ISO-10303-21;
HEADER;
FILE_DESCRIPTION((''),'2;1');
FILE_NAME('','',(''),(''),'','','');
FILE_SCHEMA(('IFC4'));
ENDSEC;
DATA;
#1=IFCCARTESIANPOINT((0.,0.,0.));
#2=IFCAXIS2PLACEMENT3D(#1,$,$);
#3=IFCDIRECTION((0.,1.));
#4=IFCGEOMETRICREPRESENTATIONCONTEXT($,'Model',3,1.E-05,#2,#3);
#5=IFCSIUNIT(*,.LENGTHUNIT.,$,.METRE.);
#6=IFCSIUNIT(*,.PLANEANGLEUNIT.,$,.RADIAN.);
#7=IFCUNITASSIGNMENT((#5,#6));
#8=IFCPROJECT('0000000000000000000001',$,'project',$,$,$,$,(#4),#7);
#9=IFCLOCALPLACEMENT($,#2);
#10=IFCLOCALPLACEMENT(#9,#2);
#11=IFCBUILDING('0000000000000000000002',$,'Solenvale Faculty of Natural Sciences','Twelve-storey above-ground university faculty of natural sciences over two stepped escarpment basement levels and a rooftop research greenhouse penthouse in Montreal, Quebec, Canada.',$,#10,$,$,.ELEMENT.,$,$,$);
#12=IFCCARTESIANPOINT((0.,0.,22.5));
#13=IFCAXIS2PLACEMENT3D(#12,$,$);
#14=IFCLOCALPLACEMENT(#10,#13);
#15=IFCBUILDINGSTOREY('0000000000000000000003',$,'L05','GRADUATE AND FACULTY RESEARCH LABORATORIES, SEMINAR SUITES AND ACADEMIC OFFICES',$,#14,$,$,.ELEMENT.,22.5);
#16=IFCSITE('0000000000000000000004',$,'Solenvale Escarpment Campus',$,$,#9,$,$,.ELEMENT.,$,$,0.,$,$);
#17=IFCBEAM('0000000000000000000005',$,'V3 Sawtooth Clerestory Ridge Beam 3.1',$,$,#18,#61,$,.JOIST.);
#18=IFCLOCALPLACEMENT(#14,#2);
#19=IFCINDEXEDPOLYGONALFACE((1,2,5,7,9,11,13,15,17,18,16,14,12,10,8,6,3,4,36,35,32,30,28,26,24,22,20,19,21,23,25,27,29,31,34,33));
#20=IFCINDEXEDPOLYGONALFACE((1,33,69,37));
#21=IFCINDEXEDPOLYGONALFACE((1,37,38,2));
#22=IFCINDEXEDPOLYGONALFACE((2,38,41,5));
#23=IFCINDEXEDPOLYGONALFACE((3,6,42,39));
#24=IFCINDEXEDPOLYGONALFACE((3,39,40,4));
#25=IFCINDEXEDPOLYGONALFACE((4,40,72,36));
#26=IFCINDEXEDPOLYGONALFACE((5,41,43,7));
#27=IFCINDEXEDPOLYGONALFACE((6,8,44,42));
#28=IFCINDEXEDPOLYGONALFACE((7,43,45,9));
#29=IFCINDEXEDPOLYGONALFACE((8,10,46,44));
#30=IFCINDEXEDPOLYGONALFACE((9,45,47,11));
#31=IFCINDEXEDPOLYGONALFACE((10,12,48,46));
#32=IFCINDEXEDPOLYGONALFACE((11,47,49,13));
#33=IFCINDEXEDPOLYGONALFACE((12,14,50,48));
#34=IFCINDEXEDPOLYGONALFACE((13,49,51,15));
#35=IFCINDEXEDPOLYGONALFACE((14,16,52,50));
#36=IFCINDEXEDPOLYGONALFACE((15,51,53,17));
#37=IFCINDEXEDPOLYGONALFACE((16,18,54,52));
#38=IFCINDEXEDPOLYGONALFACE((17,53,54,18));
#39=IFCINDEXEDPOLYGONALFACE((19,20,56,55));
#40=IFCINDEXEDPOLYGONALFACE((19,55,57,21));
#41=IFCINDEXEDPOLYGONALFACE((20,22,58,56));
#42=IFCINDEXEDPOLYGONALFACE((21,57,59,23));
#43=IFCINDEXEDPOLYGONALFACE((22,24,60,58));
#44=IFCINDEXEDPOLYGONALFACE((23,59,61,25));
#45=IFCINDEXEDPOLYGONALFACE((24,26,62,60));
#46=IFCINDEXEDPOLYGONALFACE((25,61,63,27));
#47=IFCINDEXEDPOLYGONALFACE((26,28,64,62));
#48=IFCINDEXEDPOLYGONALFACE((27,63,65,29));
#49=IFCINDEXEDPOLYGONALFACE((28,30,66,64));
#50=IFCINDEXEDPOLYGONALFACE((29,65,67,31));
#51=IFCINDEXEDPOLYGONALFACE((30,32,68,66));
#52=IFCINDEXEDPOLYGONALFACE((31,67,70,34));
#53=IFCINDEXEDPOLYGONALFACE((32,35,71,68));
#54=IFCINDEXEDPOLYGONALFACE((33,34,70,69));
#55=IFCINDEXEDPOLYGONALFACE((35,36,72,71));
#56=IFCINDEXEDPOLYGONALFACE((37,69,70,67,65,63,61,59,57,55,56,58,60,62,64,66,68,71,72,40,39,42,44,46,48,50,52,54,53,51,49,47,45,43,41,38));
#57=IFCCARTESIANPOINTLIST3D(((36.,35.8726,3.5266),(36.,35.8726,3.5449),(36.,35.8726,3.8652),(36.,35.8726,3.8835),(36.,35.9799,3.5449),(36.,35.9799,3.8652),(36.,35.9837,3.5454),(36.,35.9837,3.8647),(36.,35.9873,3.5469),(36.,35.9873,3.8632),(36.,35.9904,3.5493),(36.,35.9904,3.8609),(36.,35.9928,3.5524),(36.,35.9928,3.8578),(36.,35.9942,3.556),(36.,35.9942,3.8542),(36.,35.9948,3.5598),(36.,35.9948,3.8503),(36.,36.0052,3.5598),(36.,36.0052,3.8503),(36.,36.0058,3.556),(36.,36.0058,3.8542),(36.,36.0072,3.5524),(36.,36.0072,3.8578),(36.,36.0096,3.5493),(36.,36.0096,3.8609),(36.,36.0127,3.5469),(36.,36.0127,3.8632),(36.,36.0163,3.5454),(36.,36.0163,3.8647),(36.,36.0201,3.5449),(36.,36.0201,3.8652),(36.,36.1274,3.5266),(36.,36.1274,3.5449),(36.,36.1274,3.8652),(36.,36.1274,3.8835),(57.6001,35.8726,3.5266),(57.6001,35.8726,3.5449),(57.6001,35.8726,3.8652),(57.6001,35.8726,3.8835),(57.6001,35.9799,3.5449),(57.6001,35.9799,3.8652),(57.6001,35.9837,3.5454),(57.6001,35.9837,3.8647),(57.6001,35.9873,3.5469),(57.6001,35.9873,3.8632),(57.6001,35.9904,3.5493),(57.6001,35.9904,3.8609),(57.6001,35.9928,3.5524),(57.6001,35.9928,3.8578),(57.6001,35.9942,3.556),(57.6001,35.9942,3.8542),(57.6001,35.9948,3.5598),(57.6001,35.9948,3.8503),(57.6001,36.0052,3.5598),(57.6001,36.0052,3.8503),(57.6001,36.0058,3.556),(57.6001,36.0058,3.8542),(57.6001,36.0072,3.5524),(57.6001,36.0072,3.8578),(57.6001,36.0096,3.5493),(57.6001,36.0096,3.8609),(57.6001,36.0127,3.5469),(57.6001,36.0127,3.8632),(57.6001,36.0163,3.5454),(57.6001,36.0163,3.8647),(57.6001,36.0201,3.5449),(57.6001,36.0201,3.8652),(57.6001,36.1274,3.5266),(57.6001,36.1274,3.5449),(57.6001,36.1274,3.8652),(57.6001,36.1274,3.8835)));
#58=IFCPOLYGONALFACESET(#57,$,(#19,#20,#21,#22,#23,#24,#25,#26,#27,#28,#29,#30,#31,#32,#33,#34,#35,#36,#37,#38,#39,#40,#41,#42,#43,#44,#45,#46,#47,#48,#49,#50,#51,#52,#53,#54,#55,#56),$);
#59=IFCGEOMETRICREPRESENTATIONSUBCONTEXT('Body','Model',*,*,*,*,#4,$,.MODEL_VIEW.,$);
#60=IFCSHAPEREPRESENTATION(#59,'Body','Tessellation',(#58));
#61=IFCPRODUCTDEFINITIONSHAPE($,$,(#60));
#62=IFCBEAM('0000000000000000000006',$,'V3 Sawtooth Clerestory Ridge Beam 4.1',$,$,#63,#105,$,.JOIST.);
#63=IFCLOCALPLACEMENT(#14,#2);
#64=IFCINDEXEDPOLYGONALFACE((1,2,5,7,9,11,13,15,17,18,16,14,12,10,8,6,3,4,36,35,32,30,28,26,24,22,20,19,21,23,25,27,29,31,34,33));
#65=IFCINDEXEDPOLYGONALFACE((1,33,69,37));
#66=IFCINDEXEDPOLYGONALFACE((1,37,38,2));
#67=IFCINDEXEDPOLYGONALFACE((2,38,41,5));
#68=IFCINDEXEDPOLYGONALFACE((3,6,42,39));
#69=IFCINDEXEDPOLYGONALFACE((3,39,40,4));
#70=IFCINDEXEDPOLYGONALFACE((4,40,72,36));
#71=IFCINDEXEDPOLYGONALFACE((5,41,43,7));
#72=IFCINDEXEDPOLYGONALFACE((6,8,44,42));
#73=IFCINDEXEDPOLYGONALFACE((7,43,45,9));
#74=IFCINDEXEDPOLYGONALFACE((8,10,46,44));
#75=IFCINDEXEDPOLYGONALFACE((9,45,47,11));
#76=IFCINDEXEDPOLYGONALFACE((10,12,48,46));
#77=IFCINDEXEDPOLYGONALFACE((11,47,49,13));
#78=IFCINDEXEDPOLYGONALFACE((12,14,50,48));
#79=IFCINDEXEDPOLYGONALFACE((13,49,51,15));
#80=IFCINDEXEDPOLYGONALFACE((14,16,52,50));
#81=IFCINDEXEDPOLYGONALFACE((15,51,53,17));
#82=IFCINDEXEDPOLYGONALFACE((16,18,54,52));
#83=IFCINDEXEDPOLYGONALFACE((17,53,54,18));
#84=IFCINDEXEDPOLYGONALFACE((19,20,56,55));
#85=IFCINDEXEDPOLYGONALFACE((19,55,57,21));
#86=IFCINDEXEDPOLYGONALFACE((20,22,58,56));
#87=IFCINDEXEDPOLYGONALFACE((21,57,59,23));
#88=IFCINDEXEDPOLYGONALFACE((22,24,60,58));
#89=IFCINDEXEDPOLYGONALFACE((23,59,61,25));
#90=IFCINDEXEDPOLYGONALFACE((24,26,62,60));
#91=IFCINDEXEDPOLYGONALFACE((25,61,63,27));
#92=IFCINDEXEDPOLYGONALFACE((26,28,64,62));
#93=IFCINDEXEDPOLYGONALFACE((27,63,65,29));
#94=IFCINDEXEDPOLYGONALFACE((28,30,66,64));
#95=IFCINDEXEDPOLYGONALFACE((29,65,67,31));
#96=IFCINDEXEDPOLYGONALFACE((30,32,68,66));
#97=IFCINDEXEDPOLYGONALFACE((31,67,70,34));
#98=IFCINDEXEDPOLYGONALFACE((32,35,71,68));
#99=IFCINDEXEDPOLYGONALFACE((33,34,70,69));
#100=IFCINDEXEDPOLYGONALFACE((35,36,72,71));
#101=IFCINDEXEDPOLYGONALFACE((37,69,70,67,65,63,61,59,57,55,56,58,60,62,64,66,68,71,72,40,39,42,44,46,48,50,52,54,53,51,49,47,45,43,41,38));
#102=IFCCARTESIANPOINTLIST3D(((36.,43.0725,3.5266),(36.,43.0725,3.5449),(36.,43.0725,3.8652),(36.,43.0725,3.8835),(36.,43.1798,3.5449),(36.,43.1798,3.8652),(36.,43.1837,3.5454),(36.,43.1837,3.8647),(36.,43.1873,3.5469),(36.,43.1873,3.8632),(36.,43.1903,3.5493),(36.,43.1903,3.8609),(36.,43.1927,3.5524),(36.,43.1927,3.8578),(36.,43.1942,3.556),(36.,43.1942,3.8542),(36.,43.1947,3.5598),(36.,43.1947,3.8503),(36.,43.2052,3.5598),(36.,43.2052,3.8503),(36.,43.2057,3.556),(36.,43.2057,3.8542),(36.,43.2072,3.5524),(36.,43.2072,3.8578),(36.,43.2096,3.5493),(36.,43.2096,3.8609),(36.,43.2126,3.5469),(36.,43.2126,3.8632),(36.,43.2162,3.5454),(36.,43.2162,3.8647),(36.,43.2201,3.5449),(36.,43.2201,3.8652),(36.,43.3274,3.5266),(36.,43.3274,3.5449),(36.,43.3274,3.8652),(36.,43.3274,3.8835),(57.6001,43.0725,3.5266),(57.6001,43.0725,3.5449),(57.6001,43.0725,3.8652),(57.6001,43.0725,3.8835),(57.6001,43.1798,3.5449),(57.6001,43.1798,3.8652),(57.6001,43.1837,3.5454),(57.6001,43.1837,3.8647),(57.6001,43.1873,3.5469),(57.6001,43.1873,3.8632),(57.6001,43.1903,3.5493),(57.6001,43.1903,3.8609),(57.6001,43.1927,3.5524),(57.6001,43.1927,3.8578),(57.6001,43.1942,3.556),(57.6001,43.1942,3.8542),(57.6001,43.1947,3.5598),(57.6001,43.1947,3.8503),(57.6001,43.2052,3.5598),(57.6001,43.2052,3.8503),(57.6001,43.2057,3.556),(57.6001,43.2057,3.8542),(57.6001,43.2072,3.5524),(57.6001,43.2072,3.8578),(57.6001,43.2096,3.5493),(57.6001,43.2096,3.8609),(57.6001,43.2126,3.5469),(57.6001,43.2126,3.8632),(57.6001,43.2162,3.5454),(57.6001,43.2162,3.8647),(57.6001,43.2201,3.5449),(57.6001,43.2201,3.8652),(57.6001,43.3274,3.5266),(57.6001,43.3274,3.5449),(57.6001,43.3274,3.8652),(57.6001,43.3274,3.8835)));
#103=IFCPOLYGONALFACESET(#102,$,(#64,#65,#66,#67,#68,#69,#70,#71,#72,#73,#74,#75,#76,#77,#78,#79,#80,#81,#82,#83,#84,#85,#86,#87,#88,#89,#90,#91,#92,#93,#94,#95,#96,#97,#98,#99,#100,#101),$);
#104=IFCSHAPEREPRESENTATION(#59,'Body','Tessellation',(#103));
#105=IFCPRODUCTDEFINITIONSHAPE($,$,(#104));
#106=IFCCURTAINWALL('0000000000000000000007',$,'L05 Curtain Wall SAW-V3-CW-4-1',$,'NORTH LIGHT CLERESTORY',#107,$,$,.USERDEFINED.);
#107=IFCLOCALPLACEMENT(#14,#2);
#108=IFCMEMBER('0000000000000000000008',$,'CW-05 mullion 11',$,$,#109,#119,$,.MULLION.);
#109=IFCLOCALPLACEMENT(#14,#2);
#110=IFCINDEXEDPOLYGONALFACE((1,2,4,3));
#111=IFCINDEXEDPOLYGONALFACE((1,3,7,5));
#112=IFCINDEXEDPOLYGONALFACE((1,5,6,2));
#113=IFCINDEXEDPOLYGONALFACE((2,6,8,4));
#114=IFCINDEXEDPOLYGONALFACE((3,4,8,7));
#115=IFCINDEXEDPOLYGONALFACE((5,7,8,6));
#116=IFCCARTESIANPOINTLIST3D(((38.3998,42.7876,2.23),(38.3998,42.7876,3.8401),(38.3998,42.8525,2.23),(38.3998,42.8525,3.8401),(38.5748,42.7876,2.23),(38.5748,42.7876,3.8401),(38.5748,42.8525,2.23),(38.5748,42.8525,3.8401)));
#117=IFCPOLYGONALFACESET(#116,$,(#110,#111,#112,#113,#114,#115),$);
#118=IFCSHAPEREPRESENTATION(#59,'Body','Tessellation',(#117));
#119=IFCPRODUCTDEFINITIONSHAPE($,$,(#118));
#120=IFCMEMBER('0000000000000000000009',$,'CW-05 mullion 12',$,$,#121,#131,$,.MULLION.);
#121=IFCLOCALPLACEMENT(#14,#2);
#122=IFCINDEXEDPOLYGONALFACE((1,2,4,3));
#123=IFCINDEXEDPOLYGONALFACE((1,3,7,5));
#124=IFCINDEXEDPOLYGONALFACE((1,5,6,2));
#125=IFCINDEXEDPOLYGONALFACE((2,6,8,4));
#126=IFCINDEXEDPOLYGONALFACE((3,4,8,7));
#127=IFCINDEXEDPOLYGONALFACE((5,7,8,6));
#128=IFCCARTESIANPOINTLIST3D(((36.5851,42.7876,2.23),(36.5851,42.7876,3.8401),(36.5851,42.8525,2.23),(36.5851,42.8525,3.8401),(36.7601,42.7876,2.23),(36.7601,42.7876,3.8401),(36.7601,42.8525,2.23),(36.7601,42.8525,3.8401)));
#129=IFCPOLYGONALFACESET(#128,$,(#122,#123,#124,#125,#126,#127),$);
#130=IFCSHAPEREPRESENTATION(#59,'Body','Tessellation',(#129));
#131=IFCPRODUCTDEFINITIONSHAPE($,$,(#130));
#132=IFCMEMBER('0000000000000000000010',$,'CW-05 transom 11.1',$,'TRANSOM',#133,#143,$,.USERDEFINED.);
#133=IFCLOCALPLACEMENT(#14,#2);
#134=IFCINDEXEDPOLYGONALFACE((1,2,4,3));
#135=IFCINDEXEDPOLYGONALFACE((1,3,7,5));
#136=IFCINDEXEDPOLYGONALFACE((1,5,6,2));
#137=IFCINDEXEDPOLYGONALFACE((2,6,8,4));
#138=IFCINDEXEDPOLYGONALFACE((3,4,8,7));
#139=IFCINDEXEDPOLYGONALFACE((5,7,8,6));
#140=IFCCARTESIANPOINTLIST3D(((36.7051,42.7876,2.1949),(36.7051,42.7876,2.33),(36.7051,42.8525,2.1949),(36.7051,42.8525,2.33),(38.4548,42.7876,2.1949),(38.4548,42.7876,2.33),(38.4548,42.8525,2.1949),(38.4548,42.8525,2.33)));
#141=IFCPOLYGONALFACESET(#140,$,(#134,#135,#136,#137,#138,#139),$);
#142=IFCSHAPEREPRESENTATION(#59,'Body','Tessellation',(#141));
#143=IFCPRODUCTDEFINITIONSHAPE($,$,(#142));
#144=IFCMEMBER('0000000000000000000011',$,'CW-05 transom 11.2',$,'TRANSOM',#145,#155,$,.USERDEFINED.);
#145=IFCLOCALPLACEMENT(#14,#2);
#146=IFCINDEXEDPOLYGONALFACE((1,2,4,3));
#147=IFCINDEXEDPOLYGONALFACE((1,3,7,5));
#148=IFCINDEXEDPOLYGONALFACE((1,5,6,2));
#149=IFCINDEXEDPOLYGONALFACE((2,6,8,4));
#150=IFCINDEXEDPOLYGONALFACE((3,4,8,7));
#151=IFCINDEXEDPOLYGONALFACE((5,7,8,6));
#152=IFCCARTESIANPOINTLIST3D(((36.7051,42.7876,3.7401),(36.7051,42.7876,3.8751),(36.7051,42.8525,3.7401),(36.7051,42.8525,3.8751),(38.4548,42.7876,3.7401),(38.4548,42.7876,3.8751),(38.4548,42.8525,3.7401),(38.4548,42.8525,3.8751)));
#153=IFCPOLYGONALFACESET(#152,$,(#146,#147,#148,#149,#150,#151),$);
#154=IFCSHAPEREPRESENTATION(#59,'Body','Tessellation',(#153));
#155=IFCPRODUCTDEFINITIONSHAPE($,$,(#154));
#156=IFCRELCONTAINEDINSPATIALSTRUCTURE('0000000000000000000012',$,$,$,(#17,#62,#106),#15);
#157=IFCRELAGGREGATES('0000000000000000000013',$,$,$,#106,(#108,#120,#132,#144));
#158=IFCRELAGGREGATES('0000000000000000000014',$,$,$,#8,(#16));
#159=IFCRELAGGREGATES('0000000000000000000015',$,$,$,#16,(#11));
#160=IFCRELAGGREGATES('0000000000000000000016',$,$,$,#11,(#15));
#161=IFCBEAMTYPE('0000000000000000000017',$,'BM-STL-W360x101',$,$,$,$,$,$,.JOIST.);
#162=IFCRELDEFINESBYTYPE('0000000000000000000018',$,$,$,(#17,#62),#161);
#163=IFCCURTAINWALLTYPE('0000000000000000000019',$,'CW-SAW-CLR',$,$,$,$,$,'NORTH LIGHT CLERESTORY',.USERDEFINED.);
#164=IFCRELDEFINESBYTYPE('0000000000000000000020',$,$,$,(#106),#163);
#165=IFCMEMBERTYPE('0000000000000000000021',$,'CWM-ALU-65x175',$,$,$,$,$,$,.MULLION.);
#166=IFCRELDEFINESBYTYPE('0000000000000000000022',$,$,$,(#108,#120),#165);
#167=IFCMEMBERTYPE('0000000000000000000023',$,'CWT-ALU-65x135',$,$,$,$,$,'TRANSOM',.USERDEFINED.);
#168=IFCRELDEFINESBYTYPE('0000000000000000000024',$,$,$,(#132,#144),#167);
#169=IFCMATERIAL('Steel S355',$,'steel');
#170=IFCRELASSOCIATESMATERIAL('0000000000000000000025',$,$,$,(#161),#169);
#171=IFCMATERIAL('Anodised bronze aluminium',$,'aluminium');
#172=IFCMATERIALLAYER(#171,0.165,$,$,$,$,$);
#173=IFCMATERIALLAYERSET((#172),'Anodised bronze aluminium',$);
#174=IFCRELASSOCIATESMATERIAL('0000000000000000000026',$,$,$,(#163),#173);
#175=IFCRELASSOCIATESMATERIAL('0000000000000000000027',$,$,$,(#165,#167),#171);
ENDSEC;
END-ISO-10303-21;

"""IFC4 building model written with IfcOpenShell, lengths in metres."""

from ifc_helpers import new_model, si_unit, direction, frame, origin, origin_2d, place, context, subcontext, project, spatial, rectangle, i_section, extrude, material, layer, layer_set, material_profile, profile_set, type_object, element, aggregate, save


model = new_model("IFC4")

# Units and contexts
model_context = context("Model", 3, precision=1e-05, world=origin(), true_north=direction((0.0, 1.0)))
body_context = subcontext(model_context, "Body", "Model", "MODEL_VIEW")
ifc_project = project(units=[si_unit("LENGTHUNIT", "METRE"), si_unit("PLANEANGLEUNIT", "RADIAN")], contexts=[model_context])

# Site, building, storey
site_placement = place(None, origin())
site = spatial("IfcSite", under=ifc_project, at=site_placement, Name="Solenvale Escarpment Campus", CompositionType="ELEMENT", RefElevation=0.0)
building_placement = place(site_placement, origin())
building = spatial("IfcBuilding", under=site, at=building_placement, Name="Solenvale Faculty of Natural Sciences", Description="Twelve-storey above-ground university faculty of natural sciences over two stepped escarpment basement levels and a rooftop research greenhouse penthouse in Montreal, Quebec, Canada.", CompositionType="ELEMENT")
storey_placement = place(building_placement, frame((0.0, 0.0, 22.5)))
storey = spatial("IfcBuildingStorey", under=building, at=storey_placement, Name="L05", Description="GRADUATE AND FACULTY RESEARCH LABORATORIES, SEMINAR SUITES AND ACADEMIC OFFICES", CompositionType="ELEMENT", Elevation=22.5)

# Shared definitions
ifc_material_1 = material(Name="Steel S355", Category="steel")

# Beams
ifc_material_profile_1 = material_profile(ifc_material_1, i_section(OverallWidth=0.2549, OverallDepth=0.3569, WebThickness=0.0105, FlangeThickness=0.0183, FilletRadius=0.0149, at=origin_2d()), Name="W360x101")
ifc_profile_set_1 = profile_set([ifc_material_profile_1], Name="Steel S355")
beam_type_1 = type_object("IfcBeamType", Name="BM-STL-W360x101", PredefinedType="JOIST", material=ifc_profile_set_1)
for number, where, z_axis, x_axis, name in (
    (1, (36.0, 36.0, 3.7051), (1.0, 0.0, 0.0), (0.0, 1.0, 0.0), "V3 Sawtooth Clerestory Ridge Beam 3.1"),
    (2, (36.0, 43.2, 3.7051), (1.0, 0.0, 0.0), (0.0, 1.0, 0.0), "V3 Sawtooth Clerestory Ridge Beam 4.1"),
):
    element("IfcBeam", number, at=place(storey_placement, frame(where, z_axis=z_axis, x_axis=x_axis)), inside=storey, type_object=beam_type_1, Name=name, PredefinedType="JOIST", context=body_context, shape_type="SweptSolid", body=[
        extrude(i_section(OverallWidth=0.2549, OverallDepth=0.3569, WebThickness=0.0105, FlangeThickness=0.0183, FilletRadius=0.0149, at=origin_2d()), origin(), (0.0, 0.0, 1.0), 21.6001),
    ])

# Curtain wall, members
ifc_material_2 = material(Name="Anodised bronze aluminium", Category="aluminium")
ifc_layer_1 = layer(ifc_material_2, 0.165)
ifc_layer_set_1 = layer_set([ifc_layer_1], Name="Anodised bronze aluminium")
curtain_wall_type = type_object("IfcCurtainWallType", Name="CW-SAW-CLR", ElementType="NORTH LIGHT CLERESTORY", PredefinedType="USERDEFINED", material=ifc_layer_set_1)
curtain_wall_placement = place(storey_placement, origin())
curtain_wall = element("IfcCurtainWall", 3, at=curtain_wall_placement, inside=storey, type_object=curtain_wall_type, Name="L05 Curtain Wall SAW-V3-CW-4-1", ObjectType="NORTH LIGHT CLERESTORY", PredefinedType="USERDEFINED")
ifc_material_profile_2 = material_profile(ifc_material_2, rectangle(XDim=0.0649, YDim=0.175, at=origin_2d()), Name="ALU-MUL-65x175")
ifc_profile_set_2 = profile_set([ifc_material_profile_2], Name="Anodised bronze aluminium")
member_type_1 = type_object("IfcMemberType", Name="CWM-ALU-65x175", PredefinedType="MULLION", material=ifc_profile_set_2)
member_1_placement = place(storey_placement, frame((38.4873, 42.8201, 2.23), z_axis=(0.0, 0.0, 1.0), x_axis=(0.0, -1.0, 0.0)))
member_1 = element("IfcMember", 4, at=member_1_placement, type_object=member_type_1, Name="CW-05 mullion 11", PredefinedType="MULLION", context=body_context, shape_type="SweptSolid", body=[
    extrude(rectangle(XDim=0.0649, YDim=0.175, at=origin_2d()), origin(), (0.0, 0.0, 1.0), 1.6101),
])
member_2_placement = place(storey_placement, frame((36.6726, 42.8201, 2.23), z_axis=(0.0, 0.0, 1.0), x_axis=(0.0, -1.0, 0.0)))
member_2 = element("IfcMember", 5, at=member_2_placement, type_object=member_type_1, Name="CW-05 mullion 12", PredefinedType="MULLION", context=body_context, shape_type="SweptSolid", body=[
    extrude(rectangle(XDim=0.0649, YDim=0.175, at=origin_2d()), origin(), (0.0, 0.0, 1.0), 1.6101),
])
ifc_material_profile_3 = material_profile(ifc_material_2, rectangle(XDim=0.0649, YDim=0.135, at=origin_2d()), Name="ALU-TRN-65x135")
ifc_profile_set_3 = profile_set([ifc_material_profile_3], Name="Anodised bronze aluminium")
member_type_2 = type_object("IfcMemberType", Name="CWT-ALU-65x135", ElementType="TRANSOM", PredefinedType="USERDEFINED", material=ifc_profile_set_3)
member_3_placement = place(storey_placement, frame((38.4548, 42.8201, 2.2625), z_axis=(-1.0, 0.0, 0.0), x_axis=(0.0, -1.0, 0.0)))
member_3 = element("IfcMember", 6, at=member_3_placement, type_object=member_type_2, Name="CW-05 transom 11.1", ObjectType="TRANSOM", PredefinedType="USERDEFINED", context=body_context, shape_type="SweptSolid", body=[
    extrude(rectangle(XDim=0.0649, YDim=0.135, at=origin_2d()), origin(), (0.0, 0.0, 1.0), 1.7498),
])
member_4_placement = place(storey_placement, frame((38.4548, 42.8201, 3.8076), z_axis=(-1.0, 0.0, 0.0), x_axis=(0.0, -1.0, 0.0)))
member_4 = element("IfcMember", 7, at=member_4_placement, type_object=member_type_2, Name="CW-05 transom 11.2", ObjectType="TRANSOM", PredefinedType="USERDEFINED", context=body_context, shape_type="SweptSolid", body=[
    extrude(rectangle(XDim=0.0649, YDim=0.135, at=origin_2d()), origin(), (0.0, 0.0, 1.0), 1.7498),
])

aggregate(curtain_wall, [member_1, member_2, member_3, member_4])

save(model, "model.ifc")
